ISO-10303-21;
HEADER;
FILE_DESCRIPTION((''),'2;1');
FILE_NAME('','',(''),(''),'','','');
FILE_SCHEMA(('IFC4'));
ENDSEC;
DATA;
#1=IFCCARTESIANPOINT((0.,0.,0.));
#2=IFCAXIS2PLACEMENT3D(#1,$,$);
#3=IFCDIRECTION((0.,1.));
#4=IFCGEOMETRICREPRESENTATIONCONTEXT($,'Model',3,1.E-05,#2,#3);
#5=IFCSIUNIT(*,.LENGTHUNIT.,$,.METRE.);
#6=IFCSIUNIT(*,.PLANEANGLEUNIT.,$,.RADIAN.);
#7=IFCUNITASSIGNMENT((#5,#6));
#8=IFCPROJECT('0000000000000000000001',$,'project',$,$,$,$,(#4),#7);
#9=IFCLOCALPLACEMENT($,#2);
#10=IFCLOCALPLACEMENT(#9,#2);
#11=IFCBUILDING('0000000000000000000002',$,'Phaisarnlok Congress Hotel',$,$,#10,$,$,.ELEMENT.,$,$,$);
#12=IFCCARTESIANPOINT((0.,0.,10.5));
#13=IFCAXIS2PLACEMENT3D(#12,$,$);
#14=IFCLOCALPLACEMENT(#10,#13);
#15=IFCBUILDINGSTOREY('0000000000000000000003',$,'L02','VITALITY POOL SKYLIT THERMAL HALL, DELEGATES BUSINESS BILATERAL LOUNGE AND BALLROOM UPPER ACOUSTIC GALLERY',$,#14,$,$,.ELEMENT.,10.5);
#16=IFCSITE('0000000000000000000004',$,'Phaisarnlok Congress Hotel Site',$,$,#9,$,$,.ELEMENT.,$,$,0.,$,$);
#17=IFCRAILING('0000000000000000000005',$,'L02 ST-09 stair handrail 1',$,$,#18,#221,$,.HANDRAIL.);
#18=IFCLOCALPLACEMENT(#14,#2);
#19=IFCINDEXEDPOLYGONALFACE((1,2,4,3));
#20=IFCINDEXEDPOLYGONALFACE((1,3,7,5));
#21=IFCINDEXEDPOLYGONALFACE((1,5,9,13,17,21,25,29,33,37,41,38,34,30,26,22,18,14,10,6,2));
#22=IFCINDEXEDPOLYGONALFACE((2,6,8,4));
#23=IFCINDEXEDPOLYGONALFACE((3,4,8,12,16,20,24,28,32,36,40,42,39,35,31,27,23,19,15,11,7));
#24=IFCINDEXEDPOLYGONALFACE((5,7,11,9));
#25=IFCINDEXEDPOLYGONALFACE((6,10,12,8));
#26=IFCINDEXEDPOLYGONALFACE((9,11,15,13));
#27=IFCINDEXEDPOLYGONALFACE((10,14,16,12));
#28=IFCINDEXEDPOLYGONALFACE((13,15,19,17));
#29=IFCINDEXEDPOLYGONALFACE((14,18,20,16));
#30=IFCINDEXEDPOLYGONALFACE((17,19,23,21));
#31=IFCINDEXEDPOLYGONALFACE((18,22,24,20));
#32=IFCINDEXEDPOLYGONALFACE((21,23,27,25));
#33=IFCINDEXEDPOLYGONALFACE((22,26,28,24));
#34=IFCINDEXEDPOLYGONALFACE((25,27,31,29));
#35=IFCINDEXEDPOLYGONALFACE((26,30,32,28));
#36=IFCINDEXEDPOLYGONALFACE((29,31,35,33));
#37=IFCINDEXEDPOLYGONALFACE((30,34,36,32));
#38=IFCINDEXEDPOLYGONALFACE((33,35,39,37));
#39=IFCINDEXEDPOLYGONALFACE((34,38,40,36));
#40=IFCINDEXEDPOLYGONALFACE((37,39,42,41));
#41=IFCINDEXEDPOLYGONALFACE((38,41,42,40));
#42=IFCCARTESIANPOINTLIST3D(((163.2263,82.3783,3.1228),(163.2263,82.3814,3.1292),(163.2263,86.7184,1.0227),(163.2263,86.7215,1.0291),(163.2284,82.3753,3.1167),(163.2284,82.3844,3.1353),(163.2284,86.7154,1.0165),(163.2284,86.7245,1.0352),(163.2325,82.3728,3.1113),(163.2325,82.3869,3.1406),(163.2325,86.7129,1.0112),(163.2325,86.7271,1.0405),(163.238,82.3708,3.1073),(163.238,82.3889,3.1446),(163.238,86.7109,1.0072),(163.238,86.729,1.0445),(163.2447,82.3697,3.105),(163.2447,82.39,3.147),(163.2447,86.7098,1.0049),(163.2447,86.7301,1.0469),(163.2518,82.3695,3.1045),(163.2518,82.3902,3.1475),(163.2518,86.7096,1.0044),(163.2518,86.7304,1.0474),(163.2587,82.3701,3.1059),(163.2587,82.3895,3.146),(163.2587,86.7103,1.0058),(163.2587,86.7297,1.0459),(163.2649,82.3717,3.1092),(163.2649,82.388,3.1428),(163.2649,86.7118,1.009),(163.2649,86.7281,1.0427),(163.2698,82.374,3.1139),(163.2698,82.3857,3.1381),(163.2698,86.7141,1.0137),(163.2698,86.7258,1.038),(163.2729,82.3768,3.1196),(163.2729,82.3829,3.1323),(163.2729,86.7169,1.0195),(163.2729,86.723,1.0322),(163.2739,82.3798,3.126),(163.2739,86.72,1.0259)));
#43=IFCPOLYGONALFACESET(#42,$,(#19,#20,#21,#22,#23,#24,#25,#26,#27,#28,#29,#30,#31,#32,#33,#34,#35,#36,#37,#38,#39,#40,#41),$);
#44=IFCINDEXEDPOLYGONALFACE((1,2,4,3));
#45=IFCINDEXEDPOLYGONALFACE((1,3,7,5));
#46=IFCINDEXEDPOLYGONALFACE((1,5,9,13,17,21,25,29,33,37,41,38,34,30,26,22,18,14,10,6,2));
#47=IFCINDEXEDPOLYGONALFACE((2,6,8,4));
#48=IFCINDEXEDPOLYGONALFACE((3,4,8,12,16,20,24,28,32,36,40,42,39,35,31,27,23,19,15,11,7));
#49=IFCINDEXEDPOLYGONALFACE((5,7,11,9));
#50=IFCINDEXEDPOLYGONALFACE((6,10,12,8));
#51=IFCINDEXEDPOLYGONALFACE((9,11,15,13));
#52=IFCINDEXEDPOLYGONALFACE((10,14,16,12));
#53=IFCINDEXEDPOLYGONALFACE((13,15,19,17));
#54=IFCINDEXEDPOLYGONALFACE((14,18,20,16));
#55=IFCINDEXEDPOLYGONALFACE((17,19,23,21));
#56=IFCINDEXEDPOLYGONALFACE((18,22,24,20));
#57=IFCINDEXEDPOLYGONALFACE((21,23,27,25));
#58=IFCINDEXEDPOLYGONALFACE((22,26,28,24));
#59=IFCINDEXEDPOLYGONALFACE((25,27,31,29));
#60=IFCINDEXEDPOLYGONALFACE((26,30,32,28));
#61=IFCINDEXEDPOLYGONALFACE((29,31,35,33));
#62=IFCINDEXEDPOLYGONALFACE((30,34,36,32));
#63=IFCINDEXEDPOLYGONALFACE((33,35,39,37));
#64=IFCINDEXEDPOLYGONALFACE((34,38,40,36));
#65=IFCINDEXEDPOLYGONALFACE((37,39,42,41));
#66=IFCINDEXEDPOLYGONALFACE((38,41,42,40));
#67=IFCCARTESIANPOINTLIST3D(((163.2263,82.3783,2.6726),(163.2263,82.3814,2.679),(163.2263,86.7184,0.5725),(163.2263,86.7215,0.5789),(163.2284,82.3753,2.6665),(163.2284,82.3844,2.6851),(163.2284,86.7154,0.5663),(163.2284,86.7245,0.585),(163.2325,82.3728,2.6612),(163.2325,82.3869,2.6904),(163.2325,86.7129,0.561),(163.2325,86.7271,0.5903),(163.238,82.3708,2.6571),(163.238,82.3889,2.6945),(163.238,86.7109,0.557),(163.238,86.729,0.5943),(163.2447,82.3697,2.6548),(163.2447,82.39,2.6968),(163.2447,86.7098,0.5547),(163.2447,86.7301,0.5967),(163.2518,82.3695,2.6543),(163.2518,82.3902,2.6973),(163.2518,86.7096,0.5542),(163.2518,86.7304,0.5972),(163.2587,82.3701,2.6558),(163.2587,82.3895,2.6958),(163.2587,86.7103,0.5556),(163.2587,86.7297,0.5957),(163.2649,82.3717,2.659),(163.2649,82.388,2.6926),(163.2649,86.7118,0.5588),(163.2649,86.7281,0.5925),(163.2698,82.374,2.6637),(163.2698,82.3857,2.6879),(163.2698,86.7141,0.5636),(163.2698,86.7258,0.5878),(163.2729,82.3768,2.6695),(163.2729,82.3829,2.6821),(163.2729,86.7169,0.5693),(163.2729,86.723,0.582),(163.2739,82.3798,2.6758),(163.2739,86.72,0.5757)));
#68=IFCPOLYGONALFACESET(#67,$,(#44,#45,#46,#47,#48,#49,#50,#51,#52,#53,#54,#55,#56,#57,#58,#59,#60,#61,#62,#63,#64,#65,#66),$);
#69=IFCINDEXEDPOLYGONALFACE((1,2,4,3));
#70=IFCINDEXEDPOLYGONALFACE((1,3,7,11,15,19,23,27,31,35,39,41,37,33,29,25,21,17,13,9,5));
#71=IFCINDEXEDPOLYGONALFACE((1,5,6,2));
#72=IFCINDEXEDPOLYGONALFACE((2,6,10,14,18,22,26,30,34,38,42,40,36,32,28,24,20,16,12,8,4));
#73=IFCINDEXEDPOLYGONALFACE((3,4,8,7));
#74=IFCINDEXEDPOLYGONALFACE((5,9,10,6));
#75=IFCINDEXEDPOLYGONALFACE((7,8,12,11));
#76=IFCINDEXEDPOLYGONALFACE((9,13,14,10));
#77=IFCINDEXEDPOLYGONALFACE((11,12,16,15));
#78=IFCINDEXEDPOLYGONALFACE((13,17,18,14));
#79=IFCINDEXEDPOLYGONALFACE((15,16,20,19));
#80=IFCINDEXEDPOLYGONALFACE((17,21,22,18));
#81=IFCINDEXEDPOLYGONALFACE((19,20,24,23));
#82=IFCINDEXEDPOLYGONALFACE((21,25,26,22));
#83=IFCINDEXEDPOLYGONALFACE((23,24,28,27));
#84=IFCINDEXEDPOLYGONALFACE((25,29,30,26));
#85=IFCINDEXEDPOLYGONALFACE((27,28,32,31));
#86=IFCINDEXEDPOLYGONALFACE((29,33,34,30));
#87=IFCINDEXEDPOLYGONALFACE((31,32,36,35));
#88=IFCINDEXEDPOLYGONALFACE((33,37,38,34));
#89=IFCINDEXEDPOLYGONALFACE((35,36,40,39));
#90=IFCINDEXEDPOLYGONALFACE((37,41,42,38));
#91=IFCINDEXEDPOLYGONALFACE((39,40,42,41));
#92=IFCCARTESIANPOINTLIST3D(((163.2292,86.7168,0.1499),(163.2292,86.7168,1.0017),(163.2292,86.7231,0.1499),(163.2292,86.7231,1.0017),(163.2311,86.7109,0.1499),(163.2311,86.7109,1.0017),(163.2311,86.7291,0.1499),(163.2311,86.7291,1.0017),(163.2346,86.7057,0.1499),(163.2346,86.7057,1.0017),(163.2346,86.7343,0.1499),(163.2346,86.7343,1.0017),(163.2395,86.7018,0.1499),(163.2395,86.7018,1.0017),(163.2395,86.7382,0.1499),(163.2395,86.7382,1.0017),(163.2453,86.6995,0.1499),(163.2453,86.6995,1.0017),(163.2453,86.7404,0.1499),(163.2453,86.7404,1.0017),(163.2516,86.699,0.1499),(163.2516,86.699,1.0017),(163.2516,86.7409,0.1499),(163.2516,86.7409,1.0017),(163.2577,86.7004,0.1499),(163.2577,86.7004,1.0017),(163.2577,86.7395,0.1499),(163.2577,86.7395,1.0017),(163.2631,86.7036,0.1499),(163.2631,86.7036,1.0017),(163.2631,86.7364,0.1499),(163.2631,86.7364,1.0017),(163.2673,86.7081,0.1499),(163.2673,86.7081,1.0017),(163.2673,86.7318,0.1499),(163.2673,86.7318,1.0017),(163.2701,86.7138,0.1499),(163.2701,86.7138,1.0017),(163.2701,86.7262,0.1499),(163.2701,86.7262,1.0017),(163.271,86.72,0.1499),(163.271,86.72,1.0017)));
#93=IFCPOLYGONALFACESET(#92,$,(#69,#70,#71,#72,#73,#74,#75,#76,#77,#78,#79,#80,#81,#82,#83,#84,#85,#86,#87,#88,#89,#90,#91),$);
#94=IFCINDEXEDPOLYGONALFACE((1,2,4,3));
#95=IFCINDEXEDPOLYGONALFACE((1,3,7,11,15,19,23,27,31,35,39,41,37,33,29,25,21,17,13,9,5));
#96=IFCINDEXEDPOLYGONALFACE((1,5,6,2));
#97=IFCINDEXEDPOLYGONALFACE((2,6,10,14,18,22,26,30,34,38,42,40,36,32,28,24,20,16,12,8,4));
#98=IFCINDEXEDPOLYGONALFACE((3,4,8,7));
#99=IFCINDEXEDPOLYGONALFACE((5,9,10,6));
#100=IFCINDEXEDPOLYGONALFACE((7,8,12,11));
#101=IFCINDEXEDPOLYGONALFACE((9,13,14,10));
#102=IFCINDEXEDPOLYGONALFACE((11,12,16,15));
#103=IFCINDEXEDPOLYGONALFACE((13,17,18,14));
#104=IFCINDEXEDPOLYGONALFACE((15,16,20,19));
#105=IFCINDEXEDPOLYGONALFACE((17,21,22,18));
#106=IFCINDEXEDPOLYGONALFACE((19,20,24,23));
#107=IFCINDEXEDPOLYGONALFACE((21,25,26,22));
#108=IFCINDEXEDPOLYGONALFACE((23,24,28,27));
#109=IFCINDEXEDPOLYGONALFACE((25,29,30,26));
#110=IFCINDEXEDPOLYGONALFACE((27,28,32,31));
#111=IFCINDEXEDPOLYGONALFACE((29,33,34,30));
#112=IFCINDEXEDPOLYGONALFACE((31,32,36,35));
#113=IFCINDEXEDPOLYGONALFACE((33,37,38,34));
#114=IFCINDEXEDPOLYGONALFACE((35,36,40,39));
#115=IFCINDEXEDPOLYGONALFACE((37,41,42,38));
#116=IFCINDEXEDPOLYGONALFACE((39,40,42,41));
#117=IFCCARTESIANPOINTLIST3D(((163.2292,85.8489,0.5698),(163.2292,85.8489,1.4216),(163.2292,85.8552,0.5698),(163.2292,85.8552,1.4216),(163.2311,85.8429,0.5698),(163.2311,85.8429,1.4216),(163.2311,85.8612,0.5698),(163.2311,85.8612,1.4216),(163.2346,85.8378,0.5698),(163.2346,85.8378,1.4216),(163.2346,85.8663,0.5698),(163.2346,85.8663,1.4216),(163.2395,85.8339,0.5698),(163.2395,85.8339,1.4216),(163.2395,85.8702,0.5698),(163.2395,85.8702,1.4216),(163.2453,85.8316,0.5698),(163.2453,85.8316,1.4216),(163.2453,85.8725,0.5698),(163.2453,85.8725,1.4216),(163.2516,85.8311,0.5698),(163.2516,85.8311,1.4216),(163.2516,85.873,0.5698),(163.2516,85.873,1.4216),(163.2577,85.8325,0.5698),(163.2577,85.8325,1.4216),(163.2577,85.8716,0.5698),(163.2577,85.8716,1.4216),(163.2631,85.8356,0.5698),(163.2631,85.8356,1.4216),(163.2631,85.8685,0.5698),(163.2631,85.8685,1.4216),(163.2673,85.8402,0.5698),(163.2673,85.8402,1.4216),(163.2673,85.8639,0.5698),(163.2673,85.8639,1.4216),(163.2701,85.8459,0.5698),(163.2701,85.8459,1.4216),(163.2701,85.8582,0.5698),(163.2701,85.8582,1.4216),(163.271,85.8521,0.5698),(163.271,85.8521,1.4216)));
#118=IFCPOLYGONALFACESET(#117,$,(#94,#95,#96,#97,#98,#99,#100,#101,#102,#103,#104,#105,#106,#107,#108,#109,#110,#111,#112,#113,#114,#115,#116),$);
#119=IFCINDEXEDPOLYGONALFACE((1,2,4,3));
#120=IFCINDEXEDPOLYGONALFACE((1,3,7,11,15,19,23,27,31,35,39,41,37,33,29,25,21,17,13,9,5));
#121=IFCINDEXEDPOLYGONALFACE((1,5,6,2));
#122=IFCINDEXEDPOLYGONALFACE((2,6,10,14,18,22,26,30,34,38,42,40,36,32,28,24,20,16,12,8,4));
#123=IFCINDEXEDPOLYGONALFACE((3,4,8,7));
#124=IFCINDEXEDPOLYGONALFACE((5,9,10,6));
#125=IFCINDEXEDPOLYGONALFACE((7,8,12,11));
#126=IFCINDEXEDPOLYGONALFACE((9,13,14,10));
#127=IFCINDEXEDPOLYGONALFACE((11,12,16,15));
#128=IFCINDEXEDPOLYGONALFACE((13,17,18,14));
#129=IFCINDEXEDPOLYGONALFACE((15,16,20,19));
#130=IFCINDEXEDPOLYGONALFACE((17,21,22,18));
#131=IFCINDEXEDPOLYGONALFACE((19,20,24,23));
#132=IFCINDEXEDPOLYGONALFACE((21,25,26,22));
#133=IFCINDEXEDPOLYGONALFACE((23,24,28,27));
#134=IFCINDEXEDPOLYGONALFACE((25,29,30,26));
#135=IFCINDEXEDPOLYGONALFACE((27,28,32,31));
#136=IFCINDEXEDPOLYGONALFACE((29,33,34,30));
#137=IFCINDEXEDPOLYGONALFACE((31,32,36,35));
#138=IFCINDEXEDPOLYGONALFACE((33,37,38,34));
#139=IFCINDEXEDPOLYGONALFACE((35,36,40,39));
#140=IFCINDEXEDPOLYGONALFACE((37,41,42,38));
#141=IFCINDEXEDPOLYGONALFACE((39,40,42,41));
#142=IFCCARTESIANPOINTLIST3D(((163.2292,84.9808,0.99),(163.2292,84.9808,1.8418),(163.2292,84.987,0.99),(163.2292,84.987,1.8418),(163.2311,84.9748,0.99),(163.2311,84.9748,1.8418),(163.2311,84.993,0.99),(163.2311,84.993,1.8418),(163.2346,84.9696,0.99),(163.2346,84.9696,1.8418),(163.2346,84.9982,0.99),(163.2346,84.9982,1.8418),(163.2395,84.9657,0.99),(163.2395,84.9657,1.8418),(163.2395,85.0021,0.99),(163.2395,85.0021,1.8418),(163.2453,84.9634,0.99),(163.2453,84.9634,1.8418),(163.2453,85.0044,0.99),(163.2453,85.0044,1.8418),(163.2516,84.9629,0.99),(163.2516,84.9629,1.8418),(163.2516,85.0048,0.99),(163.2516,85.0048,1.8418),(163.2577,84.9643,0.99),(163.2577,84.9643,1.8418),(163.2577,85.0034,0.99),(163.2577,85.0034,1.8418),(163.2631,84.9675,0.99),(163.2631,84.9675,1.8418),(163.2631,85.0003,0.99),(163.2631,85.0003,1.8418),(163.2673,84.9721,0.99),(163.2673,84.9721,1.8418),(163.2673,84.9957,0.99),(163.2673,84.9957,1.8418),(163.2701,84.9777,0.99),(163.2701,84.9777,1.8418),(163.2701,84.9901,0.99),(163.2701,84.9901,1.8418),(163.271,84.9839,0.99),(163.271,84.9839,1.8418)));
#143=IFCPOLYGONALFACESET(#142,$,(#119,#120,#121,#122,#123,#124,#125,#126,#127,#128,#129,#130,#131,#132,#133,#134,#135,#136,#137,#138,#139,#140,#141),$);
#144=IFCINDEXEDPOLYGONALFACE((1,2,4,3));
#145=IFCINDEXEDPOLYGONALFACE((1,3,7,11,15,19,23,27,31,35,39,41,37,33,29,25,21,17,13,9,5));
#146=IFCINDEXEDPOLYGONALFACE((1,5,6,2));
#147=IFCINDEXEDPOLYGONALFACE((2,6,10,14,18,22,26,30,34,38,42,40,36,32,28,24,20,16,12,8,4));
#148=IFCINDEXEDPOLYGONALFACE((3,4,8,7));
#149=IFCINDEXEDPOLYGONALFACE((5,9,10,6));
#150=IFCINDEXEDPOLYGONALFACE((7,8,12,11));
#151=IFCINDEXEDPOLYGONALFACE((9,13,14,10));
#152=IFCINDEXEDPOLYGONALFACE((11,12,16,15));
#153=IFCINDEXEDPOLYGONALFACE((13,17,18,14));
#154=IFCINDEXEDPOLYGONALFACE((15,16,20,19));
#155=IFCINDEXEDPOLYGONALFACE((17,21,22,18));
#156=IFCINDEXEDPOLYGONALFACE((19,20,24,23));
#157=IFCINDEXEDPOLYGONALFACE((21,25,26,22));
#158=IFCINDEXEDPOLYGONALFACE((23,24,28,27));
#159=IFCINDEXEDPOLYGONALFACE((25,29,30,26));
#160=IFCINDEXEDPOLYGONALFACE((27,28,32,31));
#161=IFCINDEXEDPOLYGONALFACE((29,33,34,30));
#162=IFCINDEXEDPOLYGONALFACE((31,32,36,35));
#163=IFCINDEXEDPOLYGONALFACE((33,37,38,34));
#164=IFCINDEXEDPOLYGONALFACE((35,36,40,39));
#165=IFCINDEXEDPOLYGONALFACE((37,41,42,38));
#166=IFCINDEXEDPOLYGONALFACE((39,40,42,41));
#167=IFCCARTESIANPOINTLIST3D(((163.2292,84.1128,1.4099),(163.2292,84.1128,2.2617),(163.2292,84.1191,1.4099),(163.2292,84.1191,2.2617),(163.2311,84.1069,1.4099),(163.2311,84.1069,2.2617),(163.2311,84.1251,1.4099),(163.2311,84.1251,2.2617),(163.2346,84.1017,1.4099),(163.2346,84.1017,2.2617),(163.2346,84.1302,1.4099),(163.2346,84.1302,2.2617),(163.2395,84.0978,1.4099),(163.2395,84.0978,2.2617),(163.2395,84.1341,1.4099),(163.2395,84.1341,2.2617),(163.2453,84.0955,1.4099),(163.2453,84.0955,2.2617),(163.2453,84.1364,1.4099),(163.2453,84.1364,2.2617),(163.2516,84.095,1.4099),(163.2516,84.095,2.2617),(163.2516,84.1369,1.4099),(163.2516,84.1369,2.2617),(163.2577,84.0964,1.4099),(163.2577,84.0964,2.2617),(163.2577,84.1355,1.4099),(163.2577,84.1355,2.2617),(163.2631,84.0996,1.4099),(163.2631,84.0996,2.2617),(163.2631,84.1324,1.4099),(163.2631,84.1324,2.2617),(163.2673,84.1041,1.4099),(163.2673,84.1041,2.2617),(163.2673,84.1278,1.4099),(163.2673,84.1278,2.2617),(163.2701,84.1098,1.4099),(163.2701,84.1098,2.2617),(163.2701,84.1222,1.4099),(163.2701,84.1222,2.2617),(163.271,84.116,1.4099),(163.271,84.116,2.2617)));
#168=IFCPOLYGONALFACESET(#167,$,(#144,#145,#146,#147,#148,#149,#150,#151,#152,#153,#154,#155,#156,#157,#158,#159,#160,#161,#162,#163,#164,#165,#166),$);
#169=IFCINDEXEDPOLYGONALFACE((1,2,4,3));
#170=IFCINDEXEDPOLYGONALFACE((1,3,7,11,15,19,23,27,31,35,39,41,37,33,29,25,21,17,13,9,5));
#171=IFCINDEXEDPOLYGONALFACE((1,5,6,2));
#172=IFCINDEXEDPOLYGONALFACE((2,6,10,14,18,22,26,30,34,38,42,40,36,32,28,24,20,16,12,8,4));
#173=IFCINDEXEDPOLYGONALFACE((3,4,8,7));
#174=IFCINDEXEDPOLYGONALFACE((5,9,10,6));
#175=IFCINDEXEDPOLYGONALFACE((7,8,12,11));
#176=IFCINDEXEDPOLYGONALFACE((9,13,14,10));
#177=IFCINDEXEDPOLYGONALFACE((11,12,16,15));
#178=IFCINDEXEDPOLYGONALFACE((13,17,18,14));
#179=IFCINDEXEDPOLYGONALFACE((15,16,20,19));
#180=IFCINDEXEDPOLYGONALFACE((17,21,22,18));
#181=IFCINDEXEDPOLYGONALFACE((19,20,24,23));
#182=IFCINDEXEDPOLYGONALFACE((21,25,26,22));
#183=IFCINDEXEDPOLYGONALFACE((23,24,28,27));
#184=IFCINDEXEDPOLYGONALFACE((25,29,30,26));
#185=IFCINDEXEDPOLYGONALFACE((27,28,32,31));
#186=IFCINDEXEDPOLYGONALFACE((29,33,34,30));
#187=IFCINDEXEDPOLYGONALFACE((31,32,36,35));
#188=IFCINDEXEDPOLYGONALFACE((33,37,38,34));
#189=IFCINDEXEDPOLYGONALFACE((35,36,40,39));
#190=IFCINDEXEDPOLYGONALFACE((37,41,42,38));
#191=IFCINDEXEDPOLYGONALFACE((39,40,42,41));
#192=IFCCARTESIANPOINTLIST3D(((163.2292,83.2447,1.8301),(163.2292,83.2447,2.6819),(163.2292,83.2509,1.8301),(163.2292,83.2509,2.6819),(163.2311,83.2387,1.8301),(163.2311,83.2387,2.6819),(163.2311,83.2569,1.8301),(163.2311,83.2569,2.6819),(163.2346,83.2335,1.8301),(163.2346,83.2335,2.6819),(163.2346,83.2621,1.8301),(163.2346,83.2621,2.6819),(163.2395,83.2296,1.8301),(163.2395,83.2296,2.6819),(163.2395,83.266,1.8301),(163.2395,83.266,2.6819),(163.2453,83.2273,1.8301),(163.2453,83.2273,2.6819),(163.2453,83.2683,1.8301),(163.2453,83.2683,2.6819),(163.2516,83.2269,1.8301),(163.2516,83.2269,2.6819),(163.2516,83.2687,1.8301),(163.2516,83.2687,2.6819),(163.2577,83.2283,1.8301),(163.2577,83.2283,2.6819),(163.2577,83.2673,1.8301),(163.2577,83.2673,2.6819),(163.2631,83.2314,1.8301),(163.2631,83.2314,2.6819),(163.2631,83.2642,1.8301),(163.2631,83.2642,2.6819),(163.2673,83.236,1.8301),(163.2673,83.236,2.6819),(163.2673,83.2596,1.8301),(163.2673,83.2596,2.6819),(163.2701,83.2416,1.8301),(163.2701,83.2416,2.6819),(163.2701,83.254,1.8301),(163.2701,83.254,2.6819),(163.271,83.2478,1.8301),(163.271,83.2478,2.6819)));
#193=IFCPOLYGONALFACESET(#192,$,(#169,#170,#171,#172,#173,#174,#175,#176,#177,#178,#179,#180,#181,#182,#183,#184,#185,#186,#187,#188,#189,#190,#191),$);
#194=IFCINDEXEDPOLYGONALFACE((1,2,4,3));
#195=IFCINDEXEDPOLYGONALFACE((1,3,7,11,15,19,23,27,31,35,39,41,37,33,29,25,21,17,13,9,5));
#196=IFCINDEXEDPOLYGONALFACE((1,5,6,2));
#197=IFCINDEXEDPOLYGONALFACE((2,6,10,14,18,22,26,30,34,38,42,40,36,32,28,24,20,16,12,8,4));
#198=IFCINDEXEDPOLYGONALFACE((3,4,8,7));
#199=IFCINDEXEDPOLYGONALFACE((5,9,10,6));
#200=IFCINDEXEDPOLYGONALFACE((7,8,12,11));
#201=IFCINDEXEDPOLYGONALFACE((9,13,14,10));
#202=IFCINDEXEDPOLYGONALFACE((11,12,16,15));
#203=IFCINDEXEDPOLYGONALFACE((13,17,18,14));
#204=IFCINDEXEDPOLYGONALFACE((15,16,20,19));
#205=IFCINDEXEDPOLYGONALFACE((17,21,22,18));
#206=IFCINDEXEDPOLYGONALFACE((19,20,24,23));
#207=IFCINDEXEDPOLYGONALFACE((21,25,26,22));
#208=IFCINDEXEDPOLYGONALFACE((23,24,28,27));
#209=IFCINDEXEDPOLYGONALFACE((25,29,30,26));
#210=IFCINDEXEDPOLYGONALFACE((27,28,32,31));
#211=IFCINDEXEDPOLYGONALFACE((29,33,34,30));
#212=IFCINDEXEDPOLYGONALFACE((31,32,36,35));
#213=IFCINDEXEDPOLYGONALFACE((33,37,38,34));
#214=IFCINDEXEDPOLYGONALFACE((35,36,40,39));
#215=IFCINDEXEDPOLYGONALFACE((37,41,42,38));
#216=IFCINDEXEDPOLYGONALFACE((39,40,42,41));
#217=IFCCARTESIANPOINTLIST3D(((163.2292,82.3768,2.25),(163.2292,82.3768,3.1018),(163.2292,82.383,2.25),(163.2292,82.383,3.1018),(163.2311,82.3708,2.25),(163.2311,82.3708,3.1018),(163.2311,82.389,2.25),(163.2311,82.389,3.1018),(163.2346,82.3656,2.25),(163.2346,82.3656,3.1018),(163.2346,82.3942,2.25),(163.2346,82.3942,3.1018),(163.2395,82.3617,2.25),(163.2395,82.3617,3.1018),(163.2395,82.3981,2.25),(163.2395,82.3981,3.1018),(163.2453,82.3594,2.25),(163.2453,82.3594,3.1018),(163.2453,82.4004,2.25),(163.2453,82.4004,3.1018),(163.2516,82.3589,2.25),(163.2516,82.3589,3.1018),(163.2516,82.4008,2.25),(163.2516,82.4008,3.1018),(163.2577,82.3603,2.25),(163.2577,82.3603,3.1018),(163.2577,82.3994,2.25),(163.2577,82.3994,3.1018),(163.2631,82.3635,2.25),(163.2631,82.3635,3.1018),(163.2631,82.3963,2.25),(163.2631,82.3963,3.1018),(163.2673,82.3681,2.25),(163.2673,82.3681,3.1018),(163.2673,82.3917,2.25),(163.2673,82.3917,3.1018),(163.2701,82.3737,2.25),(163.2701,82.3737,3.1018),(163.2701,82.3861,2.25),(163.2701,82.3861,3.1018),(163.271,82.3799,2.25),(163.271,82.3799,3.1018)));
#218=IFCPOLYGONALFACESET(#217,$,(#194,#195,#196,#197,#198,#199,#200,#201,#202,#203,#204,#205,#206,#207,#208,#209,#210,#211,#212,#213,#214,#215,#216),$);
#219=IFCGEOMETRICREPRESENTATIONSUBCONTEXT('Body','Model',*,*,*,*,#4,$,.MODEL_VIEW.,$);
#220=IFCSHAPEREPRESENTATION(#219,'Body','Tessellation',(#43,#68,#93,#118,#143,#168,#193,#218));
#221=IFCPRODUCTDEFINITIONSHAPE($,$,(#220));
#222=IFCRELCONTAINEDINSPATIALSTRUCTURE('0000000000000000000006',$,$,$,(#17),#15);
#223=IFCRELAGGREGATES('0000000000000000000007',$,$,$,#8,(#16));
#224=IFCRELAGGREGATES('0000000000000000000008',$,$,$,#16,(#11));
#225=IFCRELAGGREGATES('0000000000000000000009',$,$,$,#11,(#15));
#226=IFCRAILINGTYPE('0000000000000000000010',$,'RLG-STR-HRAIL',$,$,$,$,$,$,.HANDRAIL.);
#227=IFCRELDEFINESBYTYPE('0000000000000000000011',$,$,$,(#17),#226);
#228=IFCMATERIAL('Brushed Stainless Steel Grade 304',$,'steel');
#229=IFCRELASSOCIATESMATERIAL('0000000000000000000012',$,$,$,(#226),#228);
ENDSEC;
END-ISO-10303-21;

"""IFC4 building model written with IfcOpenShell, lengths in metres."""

from ifc_helpers import new_model, si_unit, direction, frame, origin, origin_2d, place, context, subcontext, project, spatial, circle, extrude, material, type_object, element, save


model = new_model("IFC4")

# Units and contexts
model_context = context("Model", 3, precision=1e-05, world=origin(), true_north=direction((0.0, 1.0)))
body_context = subcontext(model_context, "Body", "Model", "MODEL_VIEW")
ifc_project = project(units=[si_unit("LENGTHUNIT", "METRE"), si_unit("PLANEANGLEUNIT", "RADIAN")], contexts=[model_context])

# Site, building, storey
site_placement = place(None, origin())
site = spatial("IfcSite", under=ifc_project, at=site_placement, Name="Phaisarnlok Congress Hotel Site", CompositionType="ELEMENT", RefElevation=0.0)
building_placement = place(site_placement, origin())
building = spatial("IfcBuilding", under=site, at=building_placement, Name="Phaisarnlok Congress Hotel", CompositionType="ELEMENT")
storey_placement = place(building_placement, frame((0.0, 0.0, 10.5)))
storey = spatial("IfcBuildingStorey", under=building, at=storey_placement, Name="L02", Description="VITALITY POOL SKYLIT THERMAL HALL, DELEGATES BUSINESS BILATERAL LOUNGE AND BALLROOM UPPER ACOUSTIC GALLERY", CompositionType="ELEMENT", Elevation=10.5)

# Shared definitions
ifc_material_1 = material(Name="Brushed Stainless Steel Grade 304", Category="steel")

# Railing
railing_type_1 = type_object("IfcRailingType", Name="RLG-STR-HRAIL", PredefinedType="HANDRAIL", material=ifc_material_1)
railing_1_placement = place(storey_placement, frame((163.25, 86.72, 0.1499)))
element("IfcRailing", 1, at=railing_1_placement, inside=storey, type_object=railing_type_1, Name="L02 ST-09 stair handrail 1", PredefinedType="HANDRAIL", context=body_context, shape_type="SweptSolid", body=[
    extrude(circle(Radius=0.0239, at=origin_2d()), frame((0.0, 0.0, 0.876), z_axis=(0.0, -0.900155, 0.43557), x_axis=(1.0, 0.0, 0.0)), (0.0, 0.0, 1.0), 4.8215),
    extrude(circle(Radius=0.0239, at=origin_2d()), frame((0.0, 0.0, 0.4258), z_axis=(0.0, -0.900155, 0.43557), x_axis=(1.0, 0.0, 0.0)), (0.0, 0.0, 1.0), 4.8215),
    extrude(circle(Radius=0.021, at=origin_2d()), origin(), (0.0, 0.0, 1.0), 0.8518),
    extrude(circle(Radius=0.021, at=origin_2d()), frame((0.0, -0.8679, 0.4199)), (0.0, 0.0, 1.0), 0.8518),
    extrude(circle(Radius=0.021, at=origin_2d()), frame((0.0, -1.7361, 0.8401)), (0.0, 0.0, 1.0), 0.8518),
    extrude(circle(Radius=0.021, at=origin_2d()), frame((0.0, -2.604, 1.26)), (0.0, 0.0, 1.0), 0.8518),
    extrude(circle(Radius=0.021, at=origin_2d()), frame((0.0, -3.4722, 1.6802)), (0.0, 0.0, 1.0), 0.8518),
    extrude(circle(Radius=0.021, at=origin_2d()), frame((0.0, -4.3401, 2.1001)), (0.0, 0.0, 1.0), 0.8518),
])

save(model, "model.ifc")
